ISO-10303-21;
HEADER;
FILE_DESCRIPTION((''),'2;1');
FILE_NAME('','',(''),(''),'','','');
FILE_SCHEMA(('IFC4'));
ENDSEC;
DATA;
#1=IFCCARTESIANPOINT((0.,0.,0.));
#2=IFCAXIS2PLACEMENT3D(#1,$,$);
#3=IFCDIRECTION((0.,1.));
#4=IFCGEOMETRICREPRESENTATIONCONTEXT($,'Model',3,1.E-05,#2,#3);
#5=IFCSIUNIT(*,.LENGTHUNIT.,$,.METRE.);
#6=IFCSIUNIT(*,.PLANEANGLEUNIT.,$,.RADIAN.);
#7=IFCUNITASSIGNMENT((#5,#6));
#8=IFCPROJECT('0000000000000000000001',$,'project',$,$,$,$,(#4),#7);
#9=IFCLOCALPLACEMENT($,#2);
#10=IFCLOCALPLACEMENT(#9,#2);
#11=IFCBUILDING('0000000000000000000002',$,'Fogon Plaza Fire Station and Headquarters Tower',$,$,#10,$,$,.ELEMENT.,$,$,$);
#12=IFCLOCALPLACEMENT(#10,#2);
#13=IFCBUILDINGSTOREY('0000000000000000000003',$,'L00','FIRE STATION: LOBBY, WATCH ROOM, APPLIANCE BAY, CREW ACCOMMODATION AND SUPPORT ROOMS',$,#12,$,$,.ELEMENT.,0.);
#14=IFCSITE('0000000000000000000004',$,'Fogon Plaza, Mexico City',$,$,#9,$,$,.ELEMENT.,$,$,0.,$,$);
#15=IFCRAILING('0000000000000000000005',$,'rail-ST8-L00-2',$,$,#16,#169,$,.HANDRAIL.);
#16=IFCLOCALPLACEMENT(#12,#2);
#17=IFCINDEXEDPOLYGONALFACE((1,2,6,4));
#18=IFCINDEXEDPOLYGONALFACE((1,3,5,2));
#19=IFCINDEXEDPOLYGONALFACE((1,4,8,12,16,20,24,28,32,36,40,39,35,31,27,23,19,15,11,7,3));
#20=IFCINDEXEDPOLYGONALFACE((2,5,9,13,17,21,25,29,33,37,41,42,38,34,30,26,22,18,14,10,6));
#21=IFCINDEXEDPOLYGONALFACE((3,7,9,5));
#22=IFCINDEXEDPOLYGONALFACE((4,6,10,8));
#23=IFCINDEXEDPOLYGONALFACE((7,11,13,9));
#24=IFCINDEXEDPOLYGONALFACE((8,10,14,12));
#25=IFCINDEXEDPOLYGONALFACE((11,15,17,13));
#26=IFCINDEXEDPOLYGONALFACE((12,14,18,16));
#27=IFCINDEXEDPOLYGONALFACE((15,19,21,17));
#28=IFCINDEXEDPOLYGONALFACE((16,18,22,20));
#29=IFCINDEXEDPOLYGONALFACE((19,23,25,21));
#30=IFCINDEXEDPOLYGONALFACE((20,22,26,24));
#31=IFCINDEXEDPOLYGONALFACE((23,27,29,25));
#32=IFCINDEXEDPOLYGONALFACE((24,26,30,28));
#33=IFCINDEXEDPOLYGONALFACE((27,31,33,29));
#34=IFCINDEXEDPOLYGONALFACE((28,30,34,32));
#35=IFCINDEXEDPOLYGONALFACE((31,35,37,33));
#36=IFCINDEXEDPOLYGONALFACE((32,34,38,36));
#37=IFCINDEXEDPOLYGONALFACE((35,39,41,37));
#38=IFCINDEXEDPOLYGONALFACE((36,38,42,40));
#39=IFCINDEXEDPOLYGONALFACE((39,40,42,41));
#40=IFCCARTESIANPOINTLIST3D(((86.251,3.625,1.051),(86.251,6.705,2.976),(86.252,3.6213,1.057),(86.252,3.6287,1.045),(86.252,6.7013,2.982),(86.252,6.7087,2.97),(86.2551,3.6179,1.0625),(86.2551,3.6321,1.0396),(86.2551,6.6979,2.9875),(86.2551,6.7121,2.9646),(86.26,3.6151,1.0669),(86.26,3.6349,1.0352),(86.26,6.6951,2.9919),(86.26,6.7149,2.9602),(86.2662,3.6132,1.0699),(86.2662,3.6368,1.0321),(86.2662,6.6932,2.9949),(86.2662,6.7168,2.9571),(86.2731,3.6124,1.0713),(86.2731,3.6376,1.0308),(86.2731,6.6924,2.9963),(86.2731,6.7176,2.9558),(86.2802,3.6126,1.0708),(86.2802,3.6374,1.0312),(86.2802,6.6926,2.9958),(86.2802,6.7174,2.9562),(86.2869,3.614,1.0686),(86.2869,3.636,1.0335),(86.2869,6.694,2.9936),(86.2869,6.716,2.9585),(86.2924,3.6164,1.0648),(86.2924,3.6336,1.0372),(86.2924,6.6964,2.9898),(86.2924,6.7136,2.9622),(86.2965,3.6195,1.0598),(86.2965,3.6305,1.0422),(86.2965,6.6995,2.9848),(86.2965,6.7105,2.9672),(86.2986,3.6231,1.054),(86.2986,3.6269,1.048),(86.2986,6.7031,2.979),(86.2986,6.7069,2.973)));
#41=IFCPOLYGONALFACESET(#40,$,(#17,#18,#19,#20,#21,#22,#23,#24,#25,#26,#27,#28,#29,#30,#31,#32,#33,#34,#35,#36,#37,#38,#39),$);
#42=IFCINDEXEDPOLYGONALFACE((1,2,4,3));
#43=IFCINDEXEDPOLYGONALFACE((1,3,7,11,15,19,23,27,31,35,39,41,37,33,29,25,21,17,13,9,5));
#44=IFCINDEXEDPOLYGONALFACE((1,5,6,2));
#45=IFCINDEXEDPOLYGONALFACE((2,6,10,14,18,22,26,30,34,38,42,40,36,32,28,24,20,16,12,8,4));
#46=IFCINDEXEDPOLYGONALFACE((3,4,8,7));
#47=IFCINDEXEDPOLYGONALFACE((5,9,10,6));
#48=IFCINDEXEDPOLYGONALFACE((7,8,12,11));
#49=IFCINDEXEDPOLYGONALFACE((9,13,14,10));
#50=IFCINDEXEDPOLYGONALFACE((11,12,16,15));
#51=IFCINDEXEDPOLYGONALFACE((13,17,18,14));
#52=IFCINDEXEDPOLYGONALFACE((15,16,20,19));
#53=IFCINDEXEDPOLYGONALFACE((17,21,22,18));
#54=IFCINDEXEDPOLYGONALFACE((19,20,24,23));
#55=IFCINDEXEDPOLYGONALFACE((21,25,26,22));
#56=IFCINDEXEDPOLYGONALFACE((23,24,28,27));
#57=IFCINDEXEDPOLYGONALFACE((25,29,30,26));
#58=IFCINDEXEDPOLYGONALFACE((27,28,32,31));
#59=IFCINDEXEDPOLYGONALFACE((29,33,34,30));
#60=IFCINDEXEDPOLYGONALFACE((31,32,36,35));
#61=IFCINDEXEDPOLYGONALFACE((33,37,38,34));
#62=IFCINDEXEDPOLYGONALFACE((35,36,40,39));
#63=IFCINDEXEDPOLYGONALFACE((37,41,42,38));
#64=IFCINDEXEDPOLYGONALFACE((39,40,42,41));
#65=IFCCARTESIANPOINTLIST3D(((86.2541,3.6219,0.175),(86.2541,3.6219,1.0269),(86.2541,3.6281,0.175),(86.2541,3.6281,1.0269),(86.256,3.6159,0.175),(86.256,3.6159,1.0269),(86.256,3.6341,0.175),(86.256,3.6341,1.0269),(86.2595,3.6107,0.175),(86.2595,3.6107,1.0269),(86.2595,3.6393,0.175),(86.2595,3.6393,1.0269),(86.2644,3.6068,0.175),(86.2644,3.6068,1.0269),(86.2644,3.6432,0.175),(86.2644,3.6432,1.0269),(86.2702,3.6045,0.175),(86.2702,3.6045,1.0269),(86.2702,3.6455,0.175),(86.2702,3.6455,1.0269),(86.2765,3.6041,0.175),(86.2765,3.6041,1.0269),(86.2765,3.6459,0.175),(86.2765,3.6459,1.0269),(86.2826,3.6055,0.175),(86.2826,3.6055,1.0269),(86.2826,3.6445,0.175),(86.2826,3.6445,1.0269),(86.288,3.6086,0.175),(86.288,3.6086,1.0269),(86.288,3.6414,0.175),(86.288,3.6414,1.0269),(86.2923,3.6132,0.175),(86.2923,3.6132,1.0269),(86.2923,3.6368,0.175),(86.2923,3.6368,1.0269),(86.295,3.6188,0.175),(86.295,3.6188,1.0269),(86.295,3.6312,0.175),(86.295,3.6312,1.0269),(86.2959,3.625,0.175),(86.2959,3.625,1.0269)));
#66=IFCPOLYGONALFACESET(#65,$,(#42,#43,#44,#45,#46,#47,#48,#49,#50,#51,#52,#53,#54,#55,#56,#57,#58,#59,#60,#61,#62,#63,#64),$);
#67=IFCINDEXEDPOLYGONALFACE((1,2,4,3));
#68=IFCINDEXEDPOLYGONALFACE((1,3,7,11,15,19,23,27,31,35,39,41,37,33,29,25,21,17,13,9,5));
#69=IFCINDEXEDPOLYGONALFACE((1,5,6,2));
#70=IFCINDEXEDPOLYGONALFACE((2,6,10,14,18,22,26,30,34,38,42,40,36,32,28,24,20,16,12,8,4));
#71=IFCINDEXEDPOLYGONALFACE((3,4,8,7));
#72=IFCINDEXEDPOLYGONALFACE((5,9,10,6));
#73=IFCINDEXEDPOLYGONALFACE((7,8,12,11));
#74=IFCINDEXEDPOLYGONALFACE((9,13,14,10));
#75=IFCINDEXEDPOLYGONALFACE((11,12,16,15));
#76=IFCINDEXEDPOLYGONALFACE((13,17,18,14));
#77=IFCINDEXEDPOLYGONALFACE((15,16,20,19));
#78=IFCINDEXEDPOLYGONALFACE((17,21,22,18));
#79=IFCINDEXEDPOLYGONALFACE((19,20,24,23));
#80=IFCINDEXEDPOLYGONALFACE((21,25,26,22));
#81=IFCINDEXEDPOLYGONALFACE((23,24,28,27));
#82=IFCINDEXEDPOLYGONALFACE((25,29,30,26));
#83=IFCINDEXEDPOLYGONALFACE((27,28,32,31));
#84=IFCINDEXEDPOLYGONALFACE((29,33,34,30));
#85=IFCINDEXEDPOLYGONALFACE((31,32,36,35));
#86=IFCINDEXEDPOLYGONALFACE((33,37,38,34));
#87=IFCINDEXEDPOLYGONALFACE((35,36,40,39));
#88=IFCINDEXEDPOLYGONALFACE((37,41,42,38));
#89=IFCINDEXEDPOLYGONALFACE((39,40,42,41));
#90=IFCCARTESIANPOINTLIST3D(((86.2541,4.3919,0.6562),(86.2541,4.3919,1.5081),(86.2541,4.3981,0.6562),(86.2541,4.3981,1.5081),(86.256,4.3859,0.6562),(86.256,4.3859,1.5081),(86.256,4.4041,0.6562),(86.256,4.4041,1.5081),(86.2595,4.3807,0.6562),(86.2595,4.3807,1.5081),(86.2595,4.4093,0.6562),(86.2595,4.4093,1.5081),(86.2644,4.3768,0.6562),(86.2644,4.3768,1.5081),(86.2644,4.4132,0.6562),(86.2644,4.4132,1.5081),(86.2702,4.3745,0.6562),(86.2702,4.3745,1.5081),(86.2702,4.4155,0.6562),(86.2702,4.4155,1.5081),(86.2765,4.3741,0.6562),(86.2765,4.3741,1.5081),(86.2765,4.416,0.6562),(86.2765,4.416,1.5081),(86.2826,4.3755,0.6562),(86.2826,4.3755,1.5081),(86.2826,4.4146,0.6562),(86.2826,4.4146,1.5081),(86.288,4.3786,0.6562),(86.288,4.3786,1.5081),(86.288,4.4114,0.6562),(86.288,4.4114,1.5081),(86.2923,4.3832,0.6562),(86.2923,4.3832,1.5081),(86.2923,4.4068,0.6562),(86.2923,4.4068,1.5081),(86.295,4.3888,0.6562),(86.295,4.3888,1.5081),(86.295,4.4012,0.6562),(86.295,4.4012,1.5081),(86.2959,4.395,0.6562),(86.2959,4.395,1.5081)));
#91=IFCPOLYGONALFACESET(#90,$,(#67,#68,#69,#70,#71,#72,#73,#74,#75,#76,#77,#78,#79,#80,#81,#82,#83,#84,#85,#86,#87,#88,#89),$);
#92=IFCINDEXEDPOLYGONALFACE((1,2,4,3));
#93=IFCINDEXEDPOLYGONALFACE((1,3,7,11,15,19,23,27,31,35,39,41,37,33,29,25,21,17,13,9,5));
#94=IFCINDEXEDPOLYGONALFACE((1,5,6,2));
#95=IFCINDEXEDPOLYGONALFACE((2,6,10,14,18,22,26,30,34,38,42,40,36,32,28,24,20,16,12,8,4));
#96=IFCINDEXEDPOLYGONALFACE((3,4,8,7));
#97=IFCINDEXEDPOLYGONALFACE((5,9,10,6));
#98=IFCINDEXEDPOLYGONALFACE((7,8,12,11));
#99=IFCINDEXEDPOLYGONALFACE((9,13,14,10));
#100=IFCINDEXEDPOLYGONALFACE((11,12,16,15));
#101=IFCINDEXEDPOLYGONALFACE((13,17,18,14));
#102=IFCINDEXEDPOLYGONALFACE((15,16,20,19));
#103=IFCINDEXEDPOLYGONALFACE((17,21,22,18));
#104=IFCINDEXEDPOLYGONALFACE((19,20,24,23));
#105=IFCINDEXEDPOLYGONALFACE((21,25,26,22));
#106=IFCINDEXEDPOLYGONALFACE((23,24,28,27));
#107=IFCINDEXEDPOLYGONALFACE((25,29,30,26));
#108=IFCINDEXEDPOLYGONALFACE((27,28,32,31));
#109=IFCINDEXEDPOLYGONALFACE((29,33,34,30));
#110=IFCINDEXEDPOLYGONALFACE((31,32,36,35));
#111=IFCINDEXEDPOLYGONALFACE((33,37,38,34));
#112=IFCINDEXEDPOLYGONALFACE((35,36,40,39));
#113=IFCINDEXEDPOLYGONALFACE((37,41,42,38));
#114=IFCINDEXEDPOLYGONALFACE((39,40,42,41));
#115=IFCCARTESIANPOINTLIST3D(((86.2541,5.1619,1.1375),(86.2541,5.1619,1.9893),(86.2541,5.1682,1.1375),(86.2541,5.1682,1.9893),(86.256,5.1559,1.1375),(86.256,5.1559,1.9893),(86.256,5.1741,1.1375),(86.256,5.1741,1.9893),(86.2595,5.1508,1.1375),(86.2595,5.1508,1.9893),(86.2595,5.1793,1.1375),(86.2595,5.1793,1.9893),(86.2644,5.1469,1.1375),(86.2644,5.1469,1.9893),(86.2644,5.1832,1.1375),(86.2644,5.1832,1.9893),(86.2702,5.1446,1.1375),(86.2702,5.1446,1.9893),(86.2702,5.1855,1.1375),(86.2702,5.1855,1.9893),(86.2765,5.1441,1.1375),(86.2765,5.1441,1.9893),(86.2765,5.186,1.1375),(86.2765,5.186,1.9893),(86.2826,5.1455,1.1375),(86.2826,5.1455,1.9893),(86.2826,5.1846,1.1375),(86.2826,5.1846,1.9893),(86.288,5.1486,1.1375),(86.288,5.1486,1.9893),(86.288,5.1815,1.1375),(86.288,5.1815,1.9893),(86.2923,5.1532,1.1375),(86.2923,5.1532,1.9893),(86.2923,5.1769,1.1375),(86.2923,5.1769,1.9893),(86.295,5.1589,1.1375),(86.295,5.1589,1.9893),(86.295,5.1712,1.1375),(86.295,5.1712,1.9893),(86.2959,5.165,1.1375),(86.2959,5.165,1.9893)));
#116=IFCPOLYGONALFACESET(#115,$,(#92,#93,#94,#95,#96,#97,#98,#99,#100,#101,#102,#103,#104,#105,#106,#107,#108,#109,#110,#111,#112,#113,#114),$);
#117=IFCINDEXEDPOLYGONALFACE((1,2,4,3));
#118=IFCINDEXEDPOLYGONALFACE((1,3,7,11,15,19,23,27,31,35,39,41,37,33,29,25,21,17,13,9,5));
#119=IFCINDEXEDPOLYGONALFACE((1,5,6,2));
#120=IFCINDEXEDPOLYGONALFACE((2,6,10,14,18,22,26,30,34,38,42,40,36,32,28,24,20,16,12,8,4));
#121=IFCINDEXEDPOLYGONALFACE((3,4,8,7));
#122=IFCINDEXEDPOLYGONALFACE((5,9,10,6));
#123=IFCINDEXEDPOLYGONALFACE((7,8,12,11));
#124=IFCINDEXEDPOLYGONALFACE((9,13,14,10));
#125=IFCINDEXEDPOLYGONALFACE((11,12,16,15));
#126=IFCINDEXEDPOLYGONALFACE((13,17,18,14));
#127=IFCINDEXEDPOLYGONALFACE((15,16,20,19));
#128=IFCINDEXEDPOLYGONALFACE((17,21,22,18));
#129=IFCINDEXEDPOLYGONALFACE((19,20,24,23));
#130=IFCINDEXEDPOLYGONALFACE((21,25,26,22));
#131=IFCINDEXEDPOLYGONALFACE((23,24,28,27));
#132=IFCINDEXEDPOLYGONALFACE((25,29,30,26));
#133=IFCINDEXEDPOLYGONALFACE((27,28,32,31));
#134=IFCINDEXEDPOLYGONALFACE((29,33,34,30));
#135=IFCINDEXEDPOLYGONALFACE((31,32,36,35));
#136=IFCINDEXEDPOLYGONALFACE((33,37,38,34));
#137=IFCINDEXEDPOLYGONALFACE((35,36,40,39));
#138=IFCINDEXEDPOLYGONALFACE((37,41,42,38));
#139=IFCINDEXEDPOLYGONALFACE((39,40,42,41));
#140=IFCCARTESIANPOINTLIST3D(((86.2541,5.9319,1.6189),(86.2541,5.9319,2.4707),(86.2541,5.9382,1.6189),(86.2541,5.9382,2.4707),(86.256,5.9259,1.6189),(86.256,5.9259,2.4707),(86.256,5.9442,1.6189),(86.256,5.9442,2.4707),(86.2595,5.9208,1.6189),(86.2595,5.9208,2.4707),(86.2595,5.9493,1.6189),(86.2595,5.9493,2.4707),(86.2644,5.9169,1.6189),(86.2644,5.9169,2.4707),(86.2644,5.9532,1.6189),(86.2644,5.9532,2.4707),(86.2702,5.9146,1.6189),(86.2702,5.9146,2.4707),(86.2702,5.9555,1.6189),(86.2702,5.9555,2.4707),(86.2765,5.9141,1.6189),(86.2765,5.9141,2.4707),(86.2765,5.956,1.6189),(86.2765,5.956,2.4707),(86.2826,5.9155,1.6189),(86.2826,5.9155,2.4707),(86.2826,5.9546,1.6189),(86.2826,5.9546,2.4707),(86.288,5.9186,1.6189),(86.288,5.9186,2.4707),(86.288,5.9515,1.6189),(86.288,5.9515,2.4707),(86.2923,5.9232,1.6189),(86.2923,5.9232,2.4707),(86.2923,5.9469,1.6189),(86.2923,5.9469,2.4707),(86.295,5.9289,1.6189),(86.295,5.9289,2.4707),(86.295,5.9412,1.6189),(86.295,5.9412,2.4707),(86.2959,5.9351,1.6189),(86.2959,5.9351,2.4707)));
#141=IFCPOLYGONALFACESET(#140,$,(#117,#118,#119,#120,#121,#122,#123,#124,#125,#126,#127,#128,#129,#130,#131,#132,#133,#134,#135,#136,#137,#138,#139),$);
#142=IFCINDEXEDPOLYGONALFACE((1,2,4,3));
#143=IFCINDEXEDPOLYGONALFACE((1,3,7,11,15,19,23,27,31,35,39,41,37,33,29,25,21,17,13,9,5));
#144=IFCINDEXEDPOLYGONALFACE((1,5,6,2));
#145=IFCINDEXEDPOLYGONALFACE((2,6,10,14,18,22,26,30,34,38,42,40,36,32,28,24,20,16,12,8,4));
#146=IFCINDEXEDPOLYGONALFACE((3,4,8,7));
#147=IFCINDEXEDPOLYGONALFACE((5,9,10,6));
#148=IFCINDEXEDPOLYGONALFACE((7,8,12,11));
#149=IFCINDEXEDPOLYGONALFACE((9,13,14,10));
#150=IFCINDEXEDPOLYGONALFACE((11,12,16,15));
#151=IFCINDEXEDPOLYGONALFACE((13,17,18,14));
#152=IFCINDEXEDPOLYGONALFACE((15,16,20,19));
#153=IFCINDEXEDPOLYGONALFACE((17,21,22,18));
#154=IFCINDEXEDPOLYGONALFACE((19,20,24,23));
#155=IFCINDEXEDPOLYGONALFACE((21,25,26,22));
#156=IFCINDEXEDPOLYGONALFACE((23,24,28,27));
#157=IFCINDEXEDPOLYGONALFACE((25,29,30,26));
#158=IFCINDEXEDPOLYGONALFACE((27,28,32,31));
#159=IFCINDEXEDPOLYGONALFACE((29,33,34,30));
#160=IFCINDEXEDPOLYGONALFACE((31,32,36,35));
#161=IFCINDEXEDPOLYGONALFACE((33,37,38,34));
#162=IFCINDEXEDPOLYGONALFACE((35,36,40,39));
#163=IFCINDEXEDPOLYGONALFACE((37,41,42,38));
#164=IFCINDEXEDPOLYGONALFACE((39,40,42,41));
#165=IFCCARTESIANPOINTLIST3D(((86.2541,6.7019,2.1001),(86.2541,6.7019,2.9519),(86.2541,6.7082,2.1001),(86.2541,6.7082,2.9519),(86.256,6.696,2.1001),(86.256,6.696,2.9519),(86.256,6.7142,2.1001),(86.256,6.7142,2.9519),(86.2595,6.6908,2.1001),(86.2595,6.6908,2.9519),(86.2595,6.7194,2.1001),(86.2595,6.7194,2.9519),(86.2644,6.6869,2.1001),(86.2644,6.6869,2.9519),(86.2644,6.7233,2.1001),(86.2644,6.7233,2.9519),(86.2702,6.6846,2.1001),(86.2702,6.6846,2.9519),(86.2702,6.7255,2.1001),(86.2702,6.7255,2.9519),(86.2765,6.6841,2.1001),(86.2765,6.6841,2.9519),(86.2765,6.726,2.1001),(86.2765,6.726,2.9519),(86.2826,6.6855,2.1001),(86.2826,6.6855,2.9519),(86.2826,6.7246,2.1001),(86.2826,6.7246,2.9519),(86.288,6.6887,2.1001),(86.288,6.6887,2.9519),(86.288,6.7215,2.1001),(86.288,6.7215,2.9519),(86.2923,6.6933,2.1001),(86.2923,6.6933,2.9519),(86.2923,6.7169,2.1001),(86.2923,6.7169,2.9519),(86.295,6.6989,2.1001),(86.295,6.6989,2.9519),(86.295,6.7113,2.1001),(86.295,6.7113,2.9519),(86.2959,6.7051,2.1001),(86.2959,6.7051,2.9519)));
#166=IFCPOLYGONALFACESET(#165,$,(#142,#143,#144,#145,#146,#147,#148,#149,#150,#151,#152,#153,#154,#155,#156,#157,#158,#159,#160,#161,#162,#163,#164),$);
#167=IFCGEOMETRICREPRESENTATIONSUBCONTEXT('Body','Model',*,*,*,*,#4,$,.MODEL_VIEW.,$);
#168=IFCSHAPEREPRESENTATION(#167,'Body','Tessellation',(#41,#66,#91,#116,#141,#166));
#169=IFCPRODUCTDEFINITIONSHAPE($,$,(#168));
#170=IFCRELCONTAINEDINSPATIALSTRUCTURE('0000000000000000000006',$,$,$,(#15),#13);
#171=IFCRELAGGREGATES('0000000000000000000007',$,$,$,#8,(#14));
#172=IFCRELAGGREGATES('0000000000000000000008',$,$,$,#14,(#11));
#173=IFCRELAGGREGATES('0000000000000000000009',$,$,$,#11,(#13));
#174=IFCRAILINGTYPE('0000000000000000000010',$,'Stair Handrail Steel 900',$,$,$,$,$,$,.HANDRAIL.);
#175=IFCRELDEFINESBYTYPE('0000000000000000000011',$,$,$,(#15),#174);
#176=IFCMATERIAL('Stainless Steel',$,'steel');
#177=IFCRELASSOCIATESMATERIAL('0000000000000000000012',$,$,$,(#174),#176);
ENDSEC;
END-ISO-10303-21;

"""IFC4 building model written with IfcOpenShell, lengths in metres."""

from ifc_helpers import new_model, si_unit, direction, frame, origin, origin_2d, place, context, subcontext, project, spatial, circle, extrude, material, type_object, element, save


model = new_model("IFC4")

# Units and contexts
model_context = context("Model", 3, precision=1e-05, world=origin(), true_north=direction((0.0, 1.0)))
body_context = subcontext(model_context, "Body", "Model", "MODEL_VIEW")
ifc_project = project(units=[si_unit("LENGTHUNIT", "METRE"), si_unit("PLANEANGLEUNIT", "RADIAN")], contexts=[model_context])

# Site, building, storey
site_placement = place(None, origin())
site = spatial("IfcSite", under=ifc_project, at=site_placement, Name="Fogon Plaza, Mexico City", CompositionType="ELEMENT", RefElevation=0.0)
building_placement = place(site_placement, origin())
building = spatial("IfcBuilding", under=site, at=building_placement, Name="Fogon Plaza Fire Station and Headquarters Tower", CompositionType="ELEMENT")
storey_placement = place(building_placement, origin())
storey = spatial("IfcBuildingStorey", under=building, at=storey_placement, Name="L00", Description="FIRE STATION: LOBBY, WATCH ROOM, APPLIANCE BAY, CREW ACCOMMODATION AND SUPPORT ROOMS", CompositionType="ELEMENT", Elevation=0.0)

# Railing
ifc_material_1 = material(Name="Stainless Steel", Category="steel")
railing_type = type_object("IfcRailingType", Name="Stair Handrail Steel 900", PredefinedType="HANDRAIL", material=ifc_material_1)
railing_placement = place(storey_placement, frame((86.2749, 3.625, 0.175)))
element("IfcRailing", 1, at=railing_placement, inside=storey, type_object=railing_type, Name="rail-ST8-L00-2", PredefinedType="HANDRAIL", context=body_context, shape_type="SweptSolid", body=[
    extrude(circle(Radius=0.0239, at=origin_2d()), frame((0.0, 0.0, 0.876), z_axis=(0.0, 0.847998, 0.529999), x_axis=(-1.0, 0.0, 0.0)), (0.0, 0.0, 1.0), 3.6321),
    extrude(circle(Radius=0.021, at=origin_2d()), origin(), (0.0, 0.0, 1.0), 0.8518),
    extrude(circle(Radius=0.021, at=origin_2d()), frame((0.0, 0.77, 0.4812)), (0.0, 0.0, 1.0), 0.8518),
    extrude(circle(Radius=0.021, at=origin_2d()), frame((0.0, 1.54, 0.9624)), (0.0, 0.0, 1.0), 0.8518),
    extrude(circle(Radius=0.021, at=origin_2d()), frame((0.0, 2.3101, 1.4438)), (0.0, 0.0, 1.0), 0.8518),
    extrude(circle(Radius=0.021, at=origin_2d()), frame((0.0, 3.0801, 1.925)), (0.0, 0.0, 1.0), 0.8518),
])

save(model, "model.ifc")
